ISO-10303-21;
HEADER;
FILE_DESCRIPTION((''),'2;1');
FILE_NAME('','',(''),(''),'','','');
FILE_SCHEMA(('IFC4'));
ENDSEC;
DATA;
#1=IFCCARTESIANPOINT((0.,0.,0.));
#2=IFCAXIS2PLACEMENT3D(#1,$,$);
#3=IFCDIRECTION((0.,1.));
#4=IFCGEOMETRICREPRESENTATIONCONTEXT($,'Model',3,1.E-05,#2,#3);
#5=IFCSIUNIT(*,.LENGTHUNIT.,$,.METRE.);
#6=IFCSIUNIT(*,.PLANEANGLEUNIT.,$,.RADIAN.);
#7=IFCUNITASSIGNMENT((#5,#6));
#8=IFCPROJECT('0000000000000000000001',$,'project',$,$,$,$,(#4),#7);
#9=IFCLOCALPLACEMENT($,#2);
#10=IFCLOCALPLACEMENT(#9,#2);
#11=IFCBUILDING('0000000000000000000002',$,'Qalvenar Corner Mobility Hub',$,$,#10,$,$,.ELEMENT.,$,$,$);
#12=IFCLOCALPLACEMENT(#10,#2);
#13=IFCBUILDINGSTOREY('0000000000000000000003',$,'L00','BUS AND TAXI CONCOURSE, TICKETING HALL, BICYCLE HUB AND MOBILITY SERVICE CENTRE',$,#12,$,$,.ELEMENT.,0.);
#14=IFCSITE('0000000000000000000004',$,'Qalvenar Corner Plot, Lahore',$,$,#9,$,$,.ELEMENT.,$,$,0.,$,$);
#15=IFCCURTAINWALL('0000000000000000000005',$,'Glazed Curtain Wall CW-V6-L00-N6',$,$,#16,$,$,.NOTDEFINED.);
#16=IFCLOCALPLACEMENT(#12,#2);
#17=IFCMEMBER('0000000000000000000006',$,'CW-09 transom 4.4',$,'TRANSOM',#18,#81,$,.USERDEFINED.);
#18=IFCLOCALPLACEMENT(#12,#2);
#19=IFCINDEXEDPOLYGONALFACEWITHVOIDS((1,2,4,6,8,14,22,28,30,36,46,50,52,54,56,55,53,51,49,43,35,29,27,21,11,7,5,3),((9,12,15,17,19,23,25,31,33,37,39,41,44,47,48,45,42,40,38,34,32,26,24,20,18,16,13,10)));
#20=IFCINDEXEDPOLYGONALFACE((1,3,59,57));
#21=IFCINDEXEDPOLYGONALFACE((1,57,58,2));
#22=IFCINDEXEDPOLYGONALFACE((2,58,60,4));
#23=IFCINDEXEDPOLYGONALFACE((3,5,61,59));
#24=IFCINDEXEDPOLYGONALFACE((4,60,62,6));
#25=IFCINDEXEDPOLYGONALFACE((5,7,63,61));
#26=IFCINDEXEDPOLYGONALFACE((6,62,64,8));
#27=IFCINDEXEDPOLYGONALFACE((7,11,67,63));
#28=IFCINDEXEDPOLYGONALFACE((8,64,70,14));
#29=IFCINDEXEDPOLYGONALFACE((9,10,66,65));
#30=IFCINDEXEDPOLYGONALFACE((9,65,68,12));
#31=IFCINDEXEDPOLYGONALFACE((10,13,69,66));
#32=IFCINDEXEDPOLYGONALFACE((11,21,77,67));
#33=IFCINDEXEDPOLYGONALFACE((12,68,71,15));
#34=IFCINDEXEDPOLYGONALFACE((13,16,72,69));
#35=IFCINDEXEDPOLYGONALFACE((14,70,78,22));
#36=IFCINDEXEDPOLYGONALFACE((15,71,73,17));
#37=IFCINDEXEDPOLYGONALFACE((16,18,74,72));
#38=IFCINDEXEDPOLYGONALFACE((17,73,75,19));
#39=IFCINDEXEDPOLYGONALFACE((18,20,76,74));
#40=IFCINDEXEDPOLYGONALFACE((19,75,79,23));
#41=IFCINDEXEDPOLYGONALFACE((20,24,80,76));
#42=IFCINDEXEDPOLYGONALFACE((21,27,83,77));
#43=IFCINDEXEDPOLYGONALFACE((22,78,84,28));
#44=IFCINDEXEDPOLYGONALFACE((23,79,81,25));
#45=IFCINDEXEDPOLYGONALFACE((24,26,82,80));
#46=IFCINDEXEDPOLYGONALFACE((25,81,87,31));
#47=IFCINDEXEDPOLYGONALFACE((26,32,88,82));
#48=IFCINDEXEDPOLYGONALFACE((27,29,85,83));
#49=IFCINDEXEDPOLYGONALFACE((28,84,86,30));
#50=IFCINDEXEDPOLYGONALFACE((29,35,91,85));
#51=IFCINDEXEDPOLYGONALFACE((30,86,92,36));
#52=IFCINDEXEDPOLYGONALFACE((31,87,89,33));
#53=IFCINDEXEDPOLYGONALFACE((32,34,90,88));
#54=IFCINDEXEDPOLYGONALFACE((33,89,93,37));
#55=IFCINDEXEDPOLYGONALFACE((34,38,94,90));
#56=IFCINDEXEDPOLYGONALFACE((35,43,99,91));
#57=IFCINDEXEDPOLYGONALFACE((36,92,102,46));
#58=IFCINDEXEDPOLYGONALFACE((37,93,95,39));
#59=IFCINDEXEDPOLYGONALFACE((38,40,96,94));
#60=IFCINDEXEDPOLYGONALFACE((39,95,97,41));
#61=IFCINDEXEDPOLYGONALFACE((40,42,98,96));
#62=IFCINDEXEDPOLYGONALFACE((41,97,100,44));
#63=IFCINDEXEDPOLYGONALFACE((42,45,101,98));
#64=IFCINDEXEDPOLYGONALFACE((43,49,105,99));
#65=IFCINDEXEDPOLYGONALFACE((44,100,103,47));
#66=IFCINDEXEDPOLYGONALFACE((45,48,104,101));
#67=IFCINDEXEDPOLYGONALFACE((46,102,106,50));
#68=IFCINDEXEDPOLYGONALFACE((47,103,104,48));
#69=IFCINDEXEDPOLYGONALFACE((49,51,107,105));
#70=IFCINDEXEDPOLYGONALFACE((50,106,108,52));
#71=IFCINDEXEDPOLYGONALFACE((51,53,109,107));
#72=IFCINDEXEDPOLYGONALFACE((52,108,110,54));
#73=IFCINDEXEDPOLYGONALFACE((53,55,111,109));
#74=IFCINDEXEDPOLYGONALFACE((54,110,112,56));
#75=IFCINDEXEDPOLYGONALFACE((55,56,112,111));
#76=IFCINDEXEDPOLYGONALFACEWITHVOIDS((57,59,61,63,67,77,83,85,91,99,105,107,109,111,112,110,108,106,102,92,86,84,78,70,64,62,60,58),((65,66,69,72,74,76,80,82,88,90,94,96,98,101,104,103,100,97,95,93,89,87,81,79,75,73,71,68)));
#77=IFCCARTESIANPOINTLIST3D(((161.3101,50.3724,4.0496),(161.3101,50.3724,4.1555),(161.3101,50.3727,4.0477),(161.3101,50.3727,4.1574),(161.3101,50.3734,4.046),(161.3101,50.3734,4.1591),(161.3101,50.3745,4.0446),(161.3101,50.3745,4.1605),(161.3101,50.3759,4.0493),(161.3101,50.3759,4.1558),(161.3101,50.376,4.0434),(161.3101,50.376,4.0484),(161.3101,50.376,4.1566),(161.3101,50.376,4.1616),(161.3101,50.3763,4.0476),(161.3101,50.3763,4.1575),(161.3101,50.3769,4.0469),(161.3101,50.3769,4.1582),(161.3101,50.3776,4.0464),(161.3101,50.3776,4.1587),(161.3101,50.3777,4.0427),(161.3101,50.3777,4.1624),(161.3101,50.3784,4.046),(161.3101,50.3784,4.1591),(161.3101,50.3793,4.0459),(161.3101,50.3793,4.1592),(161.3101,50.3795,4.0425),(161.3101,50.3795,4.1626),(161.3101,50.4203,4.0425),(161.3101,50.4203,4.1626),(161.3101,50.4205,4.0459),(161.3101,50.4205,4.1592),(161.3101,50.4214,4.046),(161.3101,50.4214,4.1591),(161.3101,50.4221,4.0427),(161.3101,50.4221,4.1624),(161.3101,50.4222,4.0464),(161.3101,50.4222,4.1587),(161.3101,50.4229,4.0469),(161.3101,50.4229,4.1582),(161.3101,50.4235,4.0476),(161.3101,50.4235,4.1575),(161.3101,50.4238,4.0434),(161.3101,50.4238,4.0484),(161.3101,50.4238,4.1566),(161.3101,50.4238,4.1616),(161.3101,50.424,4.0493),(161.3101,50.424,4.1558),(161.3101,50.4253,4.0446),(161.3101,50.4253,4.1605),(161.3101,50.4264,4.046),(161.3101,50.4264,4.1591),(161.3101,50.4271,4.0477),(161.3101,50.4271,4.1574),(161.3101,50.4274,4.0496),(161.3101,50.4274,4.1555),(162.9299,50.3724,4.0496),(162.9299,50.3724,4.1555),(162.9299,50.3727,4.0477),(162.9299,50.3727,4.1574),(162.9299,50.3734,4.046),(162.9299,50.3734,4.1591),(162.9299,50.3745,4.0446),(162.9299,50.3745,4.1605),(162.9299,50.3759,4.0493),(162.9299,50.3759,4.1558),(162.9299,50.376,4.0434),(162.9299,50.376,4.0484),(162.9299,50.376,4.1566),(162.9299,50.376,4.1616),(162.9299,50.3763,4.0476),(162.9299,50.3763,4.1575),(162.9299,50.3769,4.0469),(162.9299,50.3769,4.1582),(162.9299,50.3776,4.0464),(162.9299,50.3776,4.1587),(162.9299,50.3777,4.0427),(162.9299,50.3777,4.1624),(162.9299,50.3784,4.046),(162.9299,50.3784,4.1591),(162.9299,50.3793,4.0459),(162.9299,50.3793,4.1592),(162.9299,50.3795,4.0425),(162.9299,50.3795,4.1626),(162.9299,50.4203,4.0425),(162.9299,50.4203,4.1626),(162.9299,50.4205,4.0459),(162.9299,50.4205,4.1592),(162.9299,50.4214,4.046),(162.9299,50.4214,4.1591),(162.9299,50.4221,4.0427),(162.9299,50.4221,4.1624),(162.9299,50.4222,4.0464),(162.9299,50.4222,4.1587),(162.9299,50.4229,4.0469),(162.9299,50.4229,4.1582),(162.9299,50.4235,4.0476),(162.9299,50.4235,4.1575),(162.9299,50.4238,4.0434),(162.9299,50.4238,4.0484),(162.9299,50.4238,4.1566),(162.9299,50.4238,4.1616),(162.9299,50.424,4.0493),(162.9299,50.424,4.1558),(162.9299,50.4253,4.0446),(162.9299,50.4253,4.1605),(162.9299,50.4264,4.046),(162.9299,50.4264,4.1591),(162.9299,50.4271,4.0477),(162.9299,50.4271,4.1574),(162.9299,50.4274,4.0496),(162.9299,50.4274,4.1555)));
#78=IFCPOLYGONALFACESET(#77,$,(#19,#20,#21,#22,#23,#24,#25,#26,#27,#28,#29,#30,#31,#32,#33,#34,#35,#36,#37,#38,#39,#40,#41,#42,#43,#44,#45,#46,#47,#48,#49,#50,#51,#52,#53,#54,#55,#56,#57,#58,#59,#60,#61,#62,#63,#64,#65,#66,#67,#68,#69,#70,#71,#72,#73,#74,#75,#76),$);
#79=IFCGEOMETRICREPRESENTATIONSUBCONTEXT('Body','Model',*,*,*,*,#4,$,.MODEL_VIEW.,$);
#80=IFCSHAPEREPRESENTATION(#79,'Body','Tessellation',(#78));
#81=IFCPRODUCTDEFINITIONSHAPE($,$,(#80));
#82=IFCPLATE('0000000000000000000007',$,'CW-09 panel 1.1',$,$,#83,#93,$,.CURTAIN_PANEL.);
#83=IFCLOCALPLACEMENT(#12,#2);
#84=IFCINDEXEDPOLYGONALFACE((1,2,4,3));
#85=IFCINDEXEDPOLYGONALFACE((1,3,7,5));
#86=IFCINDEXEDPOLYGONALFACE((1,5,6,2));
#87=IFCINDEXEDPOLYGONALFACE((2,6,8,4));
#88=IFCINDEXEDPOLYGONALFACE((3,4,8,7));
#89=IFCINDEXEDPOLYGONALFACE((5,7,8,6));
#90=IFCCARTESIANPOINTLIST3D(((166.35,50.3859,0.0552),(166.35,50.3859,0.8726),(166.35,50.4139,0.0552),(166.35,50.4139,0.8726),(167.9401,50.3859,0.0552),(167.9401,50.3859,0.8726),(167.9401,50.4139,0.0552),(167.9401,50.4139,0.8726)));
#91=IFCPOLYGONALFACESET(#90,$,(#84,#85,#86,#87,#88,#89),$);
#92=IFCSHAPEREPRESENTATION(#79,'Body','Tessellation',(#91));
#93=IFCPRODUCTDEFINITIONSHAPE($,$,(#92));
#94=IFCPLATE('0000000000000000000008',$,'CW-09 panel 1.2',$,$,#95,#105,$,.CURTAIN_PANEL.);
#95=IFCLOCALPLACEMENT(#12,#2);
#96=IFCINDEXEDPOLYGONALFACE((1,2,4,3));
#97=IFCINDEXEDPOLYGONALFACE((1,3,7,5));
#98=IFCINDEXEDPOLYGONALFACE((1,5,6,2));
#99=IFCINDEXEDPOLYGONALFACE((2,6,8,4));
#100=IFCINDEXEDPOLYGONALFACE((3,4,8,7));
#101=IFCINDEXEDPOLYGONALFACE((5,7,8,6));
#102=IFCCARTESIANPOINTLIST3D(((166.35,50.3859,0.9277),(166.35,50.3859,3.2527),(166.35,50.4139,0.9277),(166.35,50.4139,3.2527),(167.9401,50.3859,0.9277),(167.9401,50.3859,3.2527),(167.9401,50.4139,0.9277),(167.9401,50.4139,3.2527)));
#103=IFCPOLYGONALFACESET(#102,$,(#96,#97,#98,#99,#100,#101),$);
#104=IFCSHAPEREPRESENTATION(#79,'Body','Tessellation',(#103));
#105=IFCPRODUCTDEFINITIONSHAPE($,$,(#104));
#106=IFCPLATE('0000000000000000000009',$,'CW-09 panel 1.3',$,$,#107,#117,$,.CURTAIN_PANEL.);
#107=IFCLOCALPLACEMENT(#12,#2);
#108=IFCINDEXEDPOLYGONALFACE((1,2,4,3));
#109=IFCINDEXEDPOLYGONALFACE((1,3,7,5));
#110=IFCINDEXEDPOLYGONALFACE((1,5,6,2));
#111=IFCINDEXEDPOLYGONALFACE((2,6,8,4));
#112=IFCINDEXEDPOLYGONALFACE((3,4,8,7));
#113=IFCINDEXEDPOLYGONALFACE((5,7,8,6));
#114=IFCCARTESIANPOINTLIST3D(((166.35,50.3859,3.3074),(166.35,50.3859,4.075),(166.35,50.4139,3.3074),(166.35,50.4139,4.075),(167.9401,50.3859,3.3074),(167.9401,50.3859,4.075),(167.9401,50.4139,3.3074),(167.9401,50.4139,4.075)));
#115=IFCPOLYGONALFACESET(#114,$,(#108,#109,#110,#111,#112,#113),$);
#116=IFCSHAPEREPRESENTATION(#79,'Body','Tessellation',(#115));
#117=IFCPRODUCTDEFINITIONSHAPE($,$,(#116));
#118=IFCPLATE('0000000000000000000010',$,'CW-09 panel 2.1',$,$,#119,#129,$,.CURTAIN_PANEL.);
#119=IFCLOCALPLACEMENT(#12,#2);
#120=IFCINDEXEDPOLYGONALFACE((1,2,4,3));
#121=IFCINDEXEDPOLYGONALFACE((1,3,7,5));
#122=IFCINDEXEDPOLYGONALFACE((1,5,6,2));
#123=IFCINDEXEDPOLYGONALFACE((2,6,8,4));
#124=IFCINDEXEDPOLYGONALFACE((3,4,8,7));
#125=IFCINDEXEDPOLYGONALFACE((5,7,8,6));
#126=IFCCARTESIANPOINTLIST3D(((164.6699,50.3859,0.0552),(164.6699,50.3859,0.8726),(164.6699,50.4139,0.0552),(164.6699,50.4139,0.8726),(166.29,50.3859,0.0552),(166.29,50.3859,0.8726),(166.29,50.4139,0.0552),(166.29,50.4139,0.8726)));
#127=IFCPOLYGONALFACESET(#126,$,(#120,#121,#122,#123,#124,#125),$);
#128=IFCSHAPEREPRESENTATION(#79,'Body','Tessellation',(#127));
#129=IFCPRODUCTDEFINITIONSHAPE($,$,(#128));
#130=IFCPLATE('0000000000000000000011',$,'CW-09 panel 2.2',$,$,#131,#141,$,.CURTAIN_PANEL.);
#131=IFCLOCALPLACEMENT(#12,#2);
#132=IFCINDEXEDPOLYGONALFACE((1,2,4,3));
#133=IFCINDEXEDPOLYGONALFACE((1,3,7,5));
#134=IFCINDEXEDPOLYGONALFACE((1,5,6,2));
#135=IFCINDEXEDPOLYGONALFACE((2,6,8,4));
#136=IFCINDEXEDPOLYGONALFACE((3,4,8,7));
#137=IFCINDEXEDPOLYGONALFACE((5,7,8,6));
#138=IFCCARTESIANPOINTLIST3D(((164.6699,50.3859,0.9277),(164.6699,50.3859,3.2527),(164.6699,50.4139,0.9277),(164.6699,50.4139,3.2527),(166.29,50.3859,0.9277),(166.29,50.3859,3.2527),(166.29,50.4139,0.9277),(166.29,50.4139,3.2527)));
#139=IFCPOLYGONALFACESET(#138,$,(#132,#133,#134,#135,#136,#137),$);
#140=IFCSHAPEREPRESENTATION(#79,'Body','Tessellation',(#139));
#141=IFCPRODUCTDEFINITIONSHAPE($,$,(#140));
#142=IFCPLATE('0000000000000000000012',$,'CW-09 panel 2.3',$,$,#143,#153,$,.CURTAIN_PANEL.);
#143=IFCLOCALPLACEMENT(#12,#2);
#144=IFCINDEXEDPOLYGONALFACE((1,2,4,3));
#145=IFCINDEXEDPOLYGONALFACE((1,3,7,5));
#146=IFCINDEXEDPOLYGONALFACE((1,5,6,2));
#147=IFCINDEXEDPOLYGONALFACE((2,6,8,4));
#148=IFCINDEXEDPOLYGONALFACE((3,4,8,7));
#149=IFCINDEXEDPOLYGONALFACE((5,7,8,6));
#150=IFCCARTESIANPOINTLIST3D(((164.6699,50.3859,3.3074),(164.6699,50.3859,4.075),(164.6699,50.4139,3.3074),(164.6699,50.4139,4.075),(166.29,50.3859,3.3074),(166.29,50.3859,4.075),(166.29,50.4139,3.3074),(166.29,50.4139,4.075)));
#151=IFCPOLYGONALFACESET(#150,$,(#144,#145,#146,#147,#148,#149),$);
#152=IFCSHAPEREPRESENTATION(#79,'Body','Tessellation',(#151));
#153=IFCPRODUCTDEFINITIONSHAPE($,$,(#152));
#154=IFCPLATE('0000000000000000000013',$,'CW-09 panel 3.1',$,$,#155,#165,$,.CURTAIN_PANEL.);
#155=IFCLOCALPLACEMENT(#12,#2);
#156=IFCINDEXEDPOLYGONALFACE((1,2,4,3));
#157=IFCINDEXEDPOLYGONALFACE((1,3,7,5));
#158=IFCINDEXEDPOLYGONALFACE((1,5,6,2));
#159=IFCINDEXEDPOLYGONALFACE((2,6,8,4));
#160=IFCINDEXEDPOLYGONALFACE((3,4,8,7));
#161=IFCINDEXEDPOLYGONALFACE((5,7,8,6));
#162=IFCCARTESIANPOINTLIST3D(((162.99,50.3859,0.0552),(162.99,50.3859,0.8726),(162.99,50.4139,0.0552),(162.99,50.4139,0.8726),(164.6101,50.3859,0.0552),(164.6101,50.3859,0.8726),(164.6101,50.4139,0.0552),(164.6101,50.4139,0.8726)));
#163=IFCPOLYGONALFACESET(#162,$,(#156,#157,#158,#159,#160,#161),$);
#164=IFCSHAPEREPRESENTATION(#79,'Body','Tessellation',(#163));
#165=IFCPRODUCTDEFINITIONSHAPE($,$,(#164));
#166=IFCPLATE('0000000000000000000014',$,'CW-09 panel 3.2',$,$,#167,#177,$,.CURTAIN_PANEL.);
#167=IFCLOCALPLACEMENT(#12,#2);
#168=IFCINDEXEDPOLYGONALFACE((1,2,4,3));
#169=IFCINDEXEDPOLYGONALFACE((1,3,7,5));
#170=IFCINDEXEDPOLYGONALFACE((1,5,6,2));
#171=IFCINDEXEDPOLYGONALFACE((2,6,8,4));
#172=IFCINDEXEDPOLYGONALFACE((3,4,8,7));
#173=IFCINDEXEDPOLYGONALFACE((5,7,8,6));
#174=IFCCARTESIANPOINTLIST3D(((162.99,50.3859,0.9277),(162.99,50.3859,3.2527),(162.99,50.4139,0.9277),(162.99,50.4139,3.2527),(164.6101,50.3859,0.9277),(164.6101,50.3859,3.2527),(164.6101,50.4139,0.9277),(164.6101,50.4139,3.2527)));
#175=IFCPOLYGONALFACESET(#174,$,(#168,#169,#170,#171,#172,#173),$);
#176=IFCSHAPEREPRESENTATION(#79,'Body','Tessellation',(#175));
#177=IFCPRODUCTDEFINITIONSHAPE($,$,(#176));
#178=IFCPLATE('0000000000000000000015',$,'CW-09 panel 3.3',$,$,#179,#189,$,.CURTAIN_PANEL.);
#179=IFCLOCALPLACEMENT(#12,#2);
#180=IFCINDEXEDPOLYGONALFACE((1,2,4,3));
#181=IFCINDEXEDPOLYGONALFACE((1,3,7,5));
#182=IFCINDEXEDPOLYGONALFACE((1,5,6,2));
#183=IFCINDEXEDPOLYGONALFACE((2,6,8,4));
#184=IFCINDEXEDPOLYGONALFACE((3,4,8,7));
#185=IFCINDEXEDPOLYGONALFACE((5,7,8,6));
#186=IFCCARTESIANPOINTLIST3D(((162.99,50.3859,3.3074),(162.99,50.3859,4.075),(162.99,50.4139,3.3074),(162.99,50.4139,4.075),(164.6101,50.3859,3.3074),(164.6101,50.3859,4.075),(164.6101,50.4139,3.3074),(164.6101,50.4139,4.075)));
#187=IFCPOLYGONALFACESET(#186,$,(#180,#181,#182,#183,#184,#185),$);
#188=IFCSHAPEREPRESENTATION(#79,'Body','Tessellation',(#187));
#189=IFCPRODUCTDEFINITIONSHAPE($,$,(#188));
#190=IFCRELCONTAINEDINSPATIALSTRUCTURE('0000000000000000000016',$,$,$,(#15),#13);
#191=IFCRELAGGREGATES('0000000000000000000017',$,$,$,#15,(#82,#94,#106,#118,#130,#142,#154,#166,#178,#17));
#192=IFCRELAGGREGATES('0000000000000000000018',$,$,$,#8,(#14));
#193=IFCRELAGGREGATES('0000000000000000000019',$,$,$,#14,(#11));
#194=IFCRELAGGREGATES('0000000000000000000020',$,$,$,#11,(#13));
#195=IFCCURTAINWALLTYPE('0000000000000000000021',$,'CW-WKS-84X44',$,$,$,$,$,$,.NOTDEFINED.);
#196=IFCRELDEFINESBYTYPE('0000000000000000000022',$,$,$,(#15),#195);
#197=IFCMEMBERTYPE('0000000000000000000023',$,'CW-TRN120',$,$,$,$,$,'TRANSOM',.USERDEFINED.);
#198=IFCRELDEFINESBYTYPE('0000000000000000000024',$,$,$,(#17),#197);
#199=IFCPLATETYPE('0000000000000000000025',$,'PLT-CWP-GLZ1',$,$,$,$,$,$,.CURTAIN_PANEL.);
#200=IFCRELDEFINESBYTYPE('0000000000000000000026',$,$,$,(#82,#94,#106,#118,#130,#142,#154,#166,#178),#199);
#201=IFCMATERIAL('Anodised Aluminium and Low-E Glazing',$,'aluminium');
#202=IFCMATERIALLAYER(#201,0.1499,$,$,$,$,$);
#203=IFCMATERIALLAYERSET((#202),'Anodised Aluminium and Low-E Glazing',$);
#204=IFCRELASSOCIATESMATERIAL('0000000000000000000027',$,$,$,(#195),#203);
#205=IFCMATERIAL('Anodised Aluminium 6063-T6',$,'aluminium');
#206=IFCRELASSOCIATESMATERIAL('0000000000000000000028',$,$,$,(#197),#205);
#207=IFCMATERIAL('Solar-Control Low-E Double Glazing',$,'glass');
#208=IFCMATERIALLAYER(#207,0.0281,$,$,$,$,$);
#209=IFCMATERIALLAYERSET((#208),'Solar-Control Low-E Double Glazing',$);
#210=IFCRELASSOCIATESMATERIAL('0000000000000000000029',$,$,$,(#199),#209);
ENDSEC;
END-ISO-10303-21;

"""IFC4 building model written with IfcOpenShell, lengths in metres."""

from ifc_helpers import new_model, si_unit, direction, frame, origin, origin_2d, place, context, subcontext, project, spatial, rectangle, hollow_rectangle, extrude, material, layer, layer_set, material_profile, profile_set, type_object, element, aggregate, save


model = new_model("IFC4")

# Units and contexts
model_context = context("Model", 3, precision=1e-05, world=origin(), true_north=direction((0.0, 1.0)))
body_context = subcontext(model_context, "Body", "Model", "MODEL_VIEW")
ifc_project = project(units=[si_unit("LENGTHUNIT", "METRE"), si_unit("PLANEANGLEUNIT", "RADIAN")], contexts=[model_context])

# Site, building, storey
site_placement = place(None, origin())
site = spatial("IfcSite", under=ifc_project, at=site_placement, Name="Qalvenar Corner Plot, Lahore", CompositionType="ELEMENT", RefElevation=0.0)
building_placement = place(site_placement, origin())
building = spatial("IfcBuilding", under=site, at=building_placement, Name="Qalvenar Corner Mobility Hub", CompositionType="ELEMENT")
storey_placement = place(building_placement, origin())
storey = spatial("IfcBuildingStorey", under=building, at=storey_placement, Name="L00", Description="BUS AND TAXI CONCOURSE, TICKETING HALL, BICYCLE HUB AND MOBILITY SERVICE CENTRE", CompositionType="ELEMENT", Elevation=0.0)

# Curtain wall, member, plates
ifc_material_1 = material(Name="Anodised Aluminium and Low-E Glazing", Category="aluminium")
ifc_layer_1 = layer(ifc_material_1, 0.1499)
ifc_layer_set_1 = layer_set([ifc_layer_1], Name="Anodised Aluminium and Low-E Glazing")
curtain_wall_type = type_object("IfcCurtainWallType", Name="CW-WKS-84X44", PredefinedType="NOTDEFINED", material=ifc_layer_set_1)
curtain_wall_placement = place(storey_placement, origin())
curtain_wall = element("IfcCurtainWall", 1, at=curtain_wall_placement, inside=storey, type_object=curtain_wall_type, Name="Glazed Curtain Wall CW-V6-L00-N6", PredefinedType="NOTDEFINED")
ifc_material_2 = material(Name="Anodised Aluminium 6063-T6", Category="aluminium")
ifc_material_profile_1 = material_profile(ifc_material_2, hollow_rectangle(XDim=0.0549, YDim=0.1201, WallThickness=0.0034, InnerFilletRadius=0.0034, OuterFilletRadius=0.0071, at=origin_2d()), Name="RHS120x55x3.5")
ifc_profile_set_1 = profile_set([ifc_material_profile_1], Name="Anodised Aluminium 6063-T6")
member_type_1 = type_object("IfcMemberType", Name="CW-TRN120", ElementType="TRANSOM", PredefinedType="USERDEFINED", material=ifc_profile_set_1)
member_1_placement = place(storey_placement, frame((162.9299, 50.3999, 4.1025), z_axis=(-1.0, 0.0, 0.0), x_axis=(0.0, -1.0, 0.0)))
member_1 = element("IfcMember", 2, at=member_1_placement, type_object=member_type_1, Name="CW-09 transom 4.4", ObjectType="TRANSOM", PredefinedType="USERDEFINED", context=body_context, shape_type="SweptSolid", body=[
    extrude(hollow_rectangle(XDim=0.0549, YDim=0.1201, WallThickness=0.0034, InnerFilletRadius=0.0034, OuterFilletRadius=0.0071, at=origin_2d()), origin(), (0.0, 0.0, 1.0), 1.6199),
])
ifc_material_3 = material(Name="Solar-Control Low-E Double Glazing", Category="glass")
ifc_layer_2 = layer(ifc_material_3, 0.0281)
ifc_layer_set_2 = layer_set([ifc_layer_2], Name="Solar-Control Low-E Double Glazing")
plate_type = type_object("IfcPlateType", Name="PLT-CWP-GLZ1", PredefinedType="CURTAIN_PANEL", material=ifc_layer_set_2)
plate_1_placement = place(storey_placement, frame((167.145, 50.3999, 0.0552), z_axis=(0.0, 0.0, 1.0), x_axis=(-1.0, 0.0, 0.0)))
plate_1 = element("IfcPlate", 3, at=plate_1_placement, type_object=plate_type, Name="CW-09 panel 1.1", PredefinedType="CURTAIN_PANEL", context=body_context, shape_type="SweptSolid", body=[
    extrude(rectangle(XDim=1.5901, YDim=0.0281, at=origin_2d()), origin(), (0.0, 0.0, 1.0), 0.8174),
])
plate_2_placement = place(storey_placement, frame((167.145, 50.3999, 0.9277), z_axis=(0.0, 0.0, 1.0), x_axis=(-1.0, 0.0, 0.0)))
plate_2 = element("IfcPlate", 4, at=plate_2_placement, type_object=plate_type, Name="CW-09 panel 1.2", PredefinedType="CURTAIN_PANEL", context=body_context, shape_type="SweptSolid", body=[
    extrude(rectangle(XDim=1.5901, YDim=0.0281, at=origin_2d()), origin(), (0.0, 0.0, 1.0), 2.325),
])
plate_3_placement = place(storey_placement, frame((167.145, 50.3999, 3.3074), z_axis=(0.0, 0.0, 1.0), x_axis=(-1.0, 0.0, 0.0)))
plate_3 = element("IfcPlate", 5, at=plate_3_placement, type_object=plate_type, Name="CW-09 panel 1.3", PredefinedType="CURTAIN_PANEL", context=body_context, shape_type="SweptSolid", body=[
    extrude(rectangle(XDim=1.5901, YDim=0.0281, at=origin_2d()), origin(), (0.0, 0.0, 1.0), 0.7676),
])
plate_4_placement = place(storey_placement, frame((165.48, 50.3999, 0.0552), z_axis=(0.0, 0.0, 1.0), x_axis=(-1.0, 0.0, 0.0)))
plate_4 = element("IfcPlate", 6, at=plate_4_placement, type_object=plate_type, Name="CW-09 panel 2.1", PredefinedType="CURTAIN_PANEL", context=body_context, shape_type="SweptSolid", body=[
    extrude(rectangle(XDim=1.6201, YDim=0.0281, at=origin_2d()), origin(), (0.0, 0.0, 1.0), 0.8174),
])
plate_5_placement = place(storey_placement, frame((165.48, 50.3999, 0.9277), z_axis=(0.0, 0.0, 1.0), x_axis=(-1.0, 0.0, 0.0)))
plate_5 = element("IfcPlate", 7, at=plate_5_placement, type_object=plate_type, Name="CW-09 panel 2.2", PredefinedType="CURTAIN_PANEL", context=body_context, shape_type="SweptSolid", body=[
    extrude(rectangle(XDim=1.6201, YDim=0.0281, at=origin_2d()), origin(), (0.0, 0.0, 1.0), 2.325),
])
plate_6_placement = place(storey_placement, frame((165.48, 50.3999, 3.3074), z_axis=(0.0, 0.0, 1.0), x_axis=(-1.0, 0.0, 0.0)))
plate_6 = element("IfcPlate", 8, at=plate_6_placement, type_object=plate_type, Name="CW-09 panel 2.3", PredefinedType="CURTAIN_PANEL", context=body_context, shape_type="SweptSolid", body=[
    extrude(rectangle(XDim=1.6201, YDim=0.0281, at=origin_2d()), origin(), (0.0, 0.0, 1.0), 0.7676),
])
plate_7_placement = place(storey_placement, frame((163.8, 50.3999, 0.0552), z_axis=(0.0, 0.0, 1.0), x_axis=(-1.0, 0.0, 0.0)))
plate_7 = element("IfcPlate", 9, at=plate_7_placement, type_object=plate_type, Name="CW-09 panel 3.1", PredefinedType="CURTAIN_PANEL", context=body_context, shape_type="SweptSolid", body=[
    extrude(rectangle(XDim=1.6201, YDim=0.0281, at=origin_2d()), origin(), (0.0, 0.0, 1.0), 0.8174),
])
plate_8_placement = place(storey_placement, frame((163.8, 50.3999, 0.9277), z_axis=(0.0, 0.0, 1.0), x_axis=(-1.0, 0.0, 0.0)))
plate_8 = element("IfcPlate", 10, at=plate_8_placement, type_object=plate_type, Name="CW-09 panel 3.2", PredefinedType="CURTAIN_PANEL", context=body_context, shape_type="SweptSolid", body=[
    extrude(rectangle(XDim=1.6201, YDim=0.0281, at=origin_2d()), origin(), (0.0, 0.0, 1.0), 2.325),
])
plate_9_placement = place(storey_placement, frame((163.8, 50.3999, 3.3074), z_axis=(0.0, 0.0, 1.0), x_axis=(-1.0, 0.0, 0.0)))
plate_9 = element("IfcPlate", 11, at=plate_9_placement, type_object=plate_type, Name="CW-09 panel 3.3", PredefinedType="CURTAIN_PANEL", context=body_context, shape_type="SweptSolid", body=[
    extrude(rectangle(XDim=1.6201, YDim=0.0281, at=origin_2d()), origin(), (0.0, 0.0, 1.0), 0.7676),
])
aggregate(curtain_wall, [plate_1, plate_2, plate_3, plate_4, plate_5, plate_6, plate_7, plate_8, plate_9, member_1])

save(model, "model.ifc")
